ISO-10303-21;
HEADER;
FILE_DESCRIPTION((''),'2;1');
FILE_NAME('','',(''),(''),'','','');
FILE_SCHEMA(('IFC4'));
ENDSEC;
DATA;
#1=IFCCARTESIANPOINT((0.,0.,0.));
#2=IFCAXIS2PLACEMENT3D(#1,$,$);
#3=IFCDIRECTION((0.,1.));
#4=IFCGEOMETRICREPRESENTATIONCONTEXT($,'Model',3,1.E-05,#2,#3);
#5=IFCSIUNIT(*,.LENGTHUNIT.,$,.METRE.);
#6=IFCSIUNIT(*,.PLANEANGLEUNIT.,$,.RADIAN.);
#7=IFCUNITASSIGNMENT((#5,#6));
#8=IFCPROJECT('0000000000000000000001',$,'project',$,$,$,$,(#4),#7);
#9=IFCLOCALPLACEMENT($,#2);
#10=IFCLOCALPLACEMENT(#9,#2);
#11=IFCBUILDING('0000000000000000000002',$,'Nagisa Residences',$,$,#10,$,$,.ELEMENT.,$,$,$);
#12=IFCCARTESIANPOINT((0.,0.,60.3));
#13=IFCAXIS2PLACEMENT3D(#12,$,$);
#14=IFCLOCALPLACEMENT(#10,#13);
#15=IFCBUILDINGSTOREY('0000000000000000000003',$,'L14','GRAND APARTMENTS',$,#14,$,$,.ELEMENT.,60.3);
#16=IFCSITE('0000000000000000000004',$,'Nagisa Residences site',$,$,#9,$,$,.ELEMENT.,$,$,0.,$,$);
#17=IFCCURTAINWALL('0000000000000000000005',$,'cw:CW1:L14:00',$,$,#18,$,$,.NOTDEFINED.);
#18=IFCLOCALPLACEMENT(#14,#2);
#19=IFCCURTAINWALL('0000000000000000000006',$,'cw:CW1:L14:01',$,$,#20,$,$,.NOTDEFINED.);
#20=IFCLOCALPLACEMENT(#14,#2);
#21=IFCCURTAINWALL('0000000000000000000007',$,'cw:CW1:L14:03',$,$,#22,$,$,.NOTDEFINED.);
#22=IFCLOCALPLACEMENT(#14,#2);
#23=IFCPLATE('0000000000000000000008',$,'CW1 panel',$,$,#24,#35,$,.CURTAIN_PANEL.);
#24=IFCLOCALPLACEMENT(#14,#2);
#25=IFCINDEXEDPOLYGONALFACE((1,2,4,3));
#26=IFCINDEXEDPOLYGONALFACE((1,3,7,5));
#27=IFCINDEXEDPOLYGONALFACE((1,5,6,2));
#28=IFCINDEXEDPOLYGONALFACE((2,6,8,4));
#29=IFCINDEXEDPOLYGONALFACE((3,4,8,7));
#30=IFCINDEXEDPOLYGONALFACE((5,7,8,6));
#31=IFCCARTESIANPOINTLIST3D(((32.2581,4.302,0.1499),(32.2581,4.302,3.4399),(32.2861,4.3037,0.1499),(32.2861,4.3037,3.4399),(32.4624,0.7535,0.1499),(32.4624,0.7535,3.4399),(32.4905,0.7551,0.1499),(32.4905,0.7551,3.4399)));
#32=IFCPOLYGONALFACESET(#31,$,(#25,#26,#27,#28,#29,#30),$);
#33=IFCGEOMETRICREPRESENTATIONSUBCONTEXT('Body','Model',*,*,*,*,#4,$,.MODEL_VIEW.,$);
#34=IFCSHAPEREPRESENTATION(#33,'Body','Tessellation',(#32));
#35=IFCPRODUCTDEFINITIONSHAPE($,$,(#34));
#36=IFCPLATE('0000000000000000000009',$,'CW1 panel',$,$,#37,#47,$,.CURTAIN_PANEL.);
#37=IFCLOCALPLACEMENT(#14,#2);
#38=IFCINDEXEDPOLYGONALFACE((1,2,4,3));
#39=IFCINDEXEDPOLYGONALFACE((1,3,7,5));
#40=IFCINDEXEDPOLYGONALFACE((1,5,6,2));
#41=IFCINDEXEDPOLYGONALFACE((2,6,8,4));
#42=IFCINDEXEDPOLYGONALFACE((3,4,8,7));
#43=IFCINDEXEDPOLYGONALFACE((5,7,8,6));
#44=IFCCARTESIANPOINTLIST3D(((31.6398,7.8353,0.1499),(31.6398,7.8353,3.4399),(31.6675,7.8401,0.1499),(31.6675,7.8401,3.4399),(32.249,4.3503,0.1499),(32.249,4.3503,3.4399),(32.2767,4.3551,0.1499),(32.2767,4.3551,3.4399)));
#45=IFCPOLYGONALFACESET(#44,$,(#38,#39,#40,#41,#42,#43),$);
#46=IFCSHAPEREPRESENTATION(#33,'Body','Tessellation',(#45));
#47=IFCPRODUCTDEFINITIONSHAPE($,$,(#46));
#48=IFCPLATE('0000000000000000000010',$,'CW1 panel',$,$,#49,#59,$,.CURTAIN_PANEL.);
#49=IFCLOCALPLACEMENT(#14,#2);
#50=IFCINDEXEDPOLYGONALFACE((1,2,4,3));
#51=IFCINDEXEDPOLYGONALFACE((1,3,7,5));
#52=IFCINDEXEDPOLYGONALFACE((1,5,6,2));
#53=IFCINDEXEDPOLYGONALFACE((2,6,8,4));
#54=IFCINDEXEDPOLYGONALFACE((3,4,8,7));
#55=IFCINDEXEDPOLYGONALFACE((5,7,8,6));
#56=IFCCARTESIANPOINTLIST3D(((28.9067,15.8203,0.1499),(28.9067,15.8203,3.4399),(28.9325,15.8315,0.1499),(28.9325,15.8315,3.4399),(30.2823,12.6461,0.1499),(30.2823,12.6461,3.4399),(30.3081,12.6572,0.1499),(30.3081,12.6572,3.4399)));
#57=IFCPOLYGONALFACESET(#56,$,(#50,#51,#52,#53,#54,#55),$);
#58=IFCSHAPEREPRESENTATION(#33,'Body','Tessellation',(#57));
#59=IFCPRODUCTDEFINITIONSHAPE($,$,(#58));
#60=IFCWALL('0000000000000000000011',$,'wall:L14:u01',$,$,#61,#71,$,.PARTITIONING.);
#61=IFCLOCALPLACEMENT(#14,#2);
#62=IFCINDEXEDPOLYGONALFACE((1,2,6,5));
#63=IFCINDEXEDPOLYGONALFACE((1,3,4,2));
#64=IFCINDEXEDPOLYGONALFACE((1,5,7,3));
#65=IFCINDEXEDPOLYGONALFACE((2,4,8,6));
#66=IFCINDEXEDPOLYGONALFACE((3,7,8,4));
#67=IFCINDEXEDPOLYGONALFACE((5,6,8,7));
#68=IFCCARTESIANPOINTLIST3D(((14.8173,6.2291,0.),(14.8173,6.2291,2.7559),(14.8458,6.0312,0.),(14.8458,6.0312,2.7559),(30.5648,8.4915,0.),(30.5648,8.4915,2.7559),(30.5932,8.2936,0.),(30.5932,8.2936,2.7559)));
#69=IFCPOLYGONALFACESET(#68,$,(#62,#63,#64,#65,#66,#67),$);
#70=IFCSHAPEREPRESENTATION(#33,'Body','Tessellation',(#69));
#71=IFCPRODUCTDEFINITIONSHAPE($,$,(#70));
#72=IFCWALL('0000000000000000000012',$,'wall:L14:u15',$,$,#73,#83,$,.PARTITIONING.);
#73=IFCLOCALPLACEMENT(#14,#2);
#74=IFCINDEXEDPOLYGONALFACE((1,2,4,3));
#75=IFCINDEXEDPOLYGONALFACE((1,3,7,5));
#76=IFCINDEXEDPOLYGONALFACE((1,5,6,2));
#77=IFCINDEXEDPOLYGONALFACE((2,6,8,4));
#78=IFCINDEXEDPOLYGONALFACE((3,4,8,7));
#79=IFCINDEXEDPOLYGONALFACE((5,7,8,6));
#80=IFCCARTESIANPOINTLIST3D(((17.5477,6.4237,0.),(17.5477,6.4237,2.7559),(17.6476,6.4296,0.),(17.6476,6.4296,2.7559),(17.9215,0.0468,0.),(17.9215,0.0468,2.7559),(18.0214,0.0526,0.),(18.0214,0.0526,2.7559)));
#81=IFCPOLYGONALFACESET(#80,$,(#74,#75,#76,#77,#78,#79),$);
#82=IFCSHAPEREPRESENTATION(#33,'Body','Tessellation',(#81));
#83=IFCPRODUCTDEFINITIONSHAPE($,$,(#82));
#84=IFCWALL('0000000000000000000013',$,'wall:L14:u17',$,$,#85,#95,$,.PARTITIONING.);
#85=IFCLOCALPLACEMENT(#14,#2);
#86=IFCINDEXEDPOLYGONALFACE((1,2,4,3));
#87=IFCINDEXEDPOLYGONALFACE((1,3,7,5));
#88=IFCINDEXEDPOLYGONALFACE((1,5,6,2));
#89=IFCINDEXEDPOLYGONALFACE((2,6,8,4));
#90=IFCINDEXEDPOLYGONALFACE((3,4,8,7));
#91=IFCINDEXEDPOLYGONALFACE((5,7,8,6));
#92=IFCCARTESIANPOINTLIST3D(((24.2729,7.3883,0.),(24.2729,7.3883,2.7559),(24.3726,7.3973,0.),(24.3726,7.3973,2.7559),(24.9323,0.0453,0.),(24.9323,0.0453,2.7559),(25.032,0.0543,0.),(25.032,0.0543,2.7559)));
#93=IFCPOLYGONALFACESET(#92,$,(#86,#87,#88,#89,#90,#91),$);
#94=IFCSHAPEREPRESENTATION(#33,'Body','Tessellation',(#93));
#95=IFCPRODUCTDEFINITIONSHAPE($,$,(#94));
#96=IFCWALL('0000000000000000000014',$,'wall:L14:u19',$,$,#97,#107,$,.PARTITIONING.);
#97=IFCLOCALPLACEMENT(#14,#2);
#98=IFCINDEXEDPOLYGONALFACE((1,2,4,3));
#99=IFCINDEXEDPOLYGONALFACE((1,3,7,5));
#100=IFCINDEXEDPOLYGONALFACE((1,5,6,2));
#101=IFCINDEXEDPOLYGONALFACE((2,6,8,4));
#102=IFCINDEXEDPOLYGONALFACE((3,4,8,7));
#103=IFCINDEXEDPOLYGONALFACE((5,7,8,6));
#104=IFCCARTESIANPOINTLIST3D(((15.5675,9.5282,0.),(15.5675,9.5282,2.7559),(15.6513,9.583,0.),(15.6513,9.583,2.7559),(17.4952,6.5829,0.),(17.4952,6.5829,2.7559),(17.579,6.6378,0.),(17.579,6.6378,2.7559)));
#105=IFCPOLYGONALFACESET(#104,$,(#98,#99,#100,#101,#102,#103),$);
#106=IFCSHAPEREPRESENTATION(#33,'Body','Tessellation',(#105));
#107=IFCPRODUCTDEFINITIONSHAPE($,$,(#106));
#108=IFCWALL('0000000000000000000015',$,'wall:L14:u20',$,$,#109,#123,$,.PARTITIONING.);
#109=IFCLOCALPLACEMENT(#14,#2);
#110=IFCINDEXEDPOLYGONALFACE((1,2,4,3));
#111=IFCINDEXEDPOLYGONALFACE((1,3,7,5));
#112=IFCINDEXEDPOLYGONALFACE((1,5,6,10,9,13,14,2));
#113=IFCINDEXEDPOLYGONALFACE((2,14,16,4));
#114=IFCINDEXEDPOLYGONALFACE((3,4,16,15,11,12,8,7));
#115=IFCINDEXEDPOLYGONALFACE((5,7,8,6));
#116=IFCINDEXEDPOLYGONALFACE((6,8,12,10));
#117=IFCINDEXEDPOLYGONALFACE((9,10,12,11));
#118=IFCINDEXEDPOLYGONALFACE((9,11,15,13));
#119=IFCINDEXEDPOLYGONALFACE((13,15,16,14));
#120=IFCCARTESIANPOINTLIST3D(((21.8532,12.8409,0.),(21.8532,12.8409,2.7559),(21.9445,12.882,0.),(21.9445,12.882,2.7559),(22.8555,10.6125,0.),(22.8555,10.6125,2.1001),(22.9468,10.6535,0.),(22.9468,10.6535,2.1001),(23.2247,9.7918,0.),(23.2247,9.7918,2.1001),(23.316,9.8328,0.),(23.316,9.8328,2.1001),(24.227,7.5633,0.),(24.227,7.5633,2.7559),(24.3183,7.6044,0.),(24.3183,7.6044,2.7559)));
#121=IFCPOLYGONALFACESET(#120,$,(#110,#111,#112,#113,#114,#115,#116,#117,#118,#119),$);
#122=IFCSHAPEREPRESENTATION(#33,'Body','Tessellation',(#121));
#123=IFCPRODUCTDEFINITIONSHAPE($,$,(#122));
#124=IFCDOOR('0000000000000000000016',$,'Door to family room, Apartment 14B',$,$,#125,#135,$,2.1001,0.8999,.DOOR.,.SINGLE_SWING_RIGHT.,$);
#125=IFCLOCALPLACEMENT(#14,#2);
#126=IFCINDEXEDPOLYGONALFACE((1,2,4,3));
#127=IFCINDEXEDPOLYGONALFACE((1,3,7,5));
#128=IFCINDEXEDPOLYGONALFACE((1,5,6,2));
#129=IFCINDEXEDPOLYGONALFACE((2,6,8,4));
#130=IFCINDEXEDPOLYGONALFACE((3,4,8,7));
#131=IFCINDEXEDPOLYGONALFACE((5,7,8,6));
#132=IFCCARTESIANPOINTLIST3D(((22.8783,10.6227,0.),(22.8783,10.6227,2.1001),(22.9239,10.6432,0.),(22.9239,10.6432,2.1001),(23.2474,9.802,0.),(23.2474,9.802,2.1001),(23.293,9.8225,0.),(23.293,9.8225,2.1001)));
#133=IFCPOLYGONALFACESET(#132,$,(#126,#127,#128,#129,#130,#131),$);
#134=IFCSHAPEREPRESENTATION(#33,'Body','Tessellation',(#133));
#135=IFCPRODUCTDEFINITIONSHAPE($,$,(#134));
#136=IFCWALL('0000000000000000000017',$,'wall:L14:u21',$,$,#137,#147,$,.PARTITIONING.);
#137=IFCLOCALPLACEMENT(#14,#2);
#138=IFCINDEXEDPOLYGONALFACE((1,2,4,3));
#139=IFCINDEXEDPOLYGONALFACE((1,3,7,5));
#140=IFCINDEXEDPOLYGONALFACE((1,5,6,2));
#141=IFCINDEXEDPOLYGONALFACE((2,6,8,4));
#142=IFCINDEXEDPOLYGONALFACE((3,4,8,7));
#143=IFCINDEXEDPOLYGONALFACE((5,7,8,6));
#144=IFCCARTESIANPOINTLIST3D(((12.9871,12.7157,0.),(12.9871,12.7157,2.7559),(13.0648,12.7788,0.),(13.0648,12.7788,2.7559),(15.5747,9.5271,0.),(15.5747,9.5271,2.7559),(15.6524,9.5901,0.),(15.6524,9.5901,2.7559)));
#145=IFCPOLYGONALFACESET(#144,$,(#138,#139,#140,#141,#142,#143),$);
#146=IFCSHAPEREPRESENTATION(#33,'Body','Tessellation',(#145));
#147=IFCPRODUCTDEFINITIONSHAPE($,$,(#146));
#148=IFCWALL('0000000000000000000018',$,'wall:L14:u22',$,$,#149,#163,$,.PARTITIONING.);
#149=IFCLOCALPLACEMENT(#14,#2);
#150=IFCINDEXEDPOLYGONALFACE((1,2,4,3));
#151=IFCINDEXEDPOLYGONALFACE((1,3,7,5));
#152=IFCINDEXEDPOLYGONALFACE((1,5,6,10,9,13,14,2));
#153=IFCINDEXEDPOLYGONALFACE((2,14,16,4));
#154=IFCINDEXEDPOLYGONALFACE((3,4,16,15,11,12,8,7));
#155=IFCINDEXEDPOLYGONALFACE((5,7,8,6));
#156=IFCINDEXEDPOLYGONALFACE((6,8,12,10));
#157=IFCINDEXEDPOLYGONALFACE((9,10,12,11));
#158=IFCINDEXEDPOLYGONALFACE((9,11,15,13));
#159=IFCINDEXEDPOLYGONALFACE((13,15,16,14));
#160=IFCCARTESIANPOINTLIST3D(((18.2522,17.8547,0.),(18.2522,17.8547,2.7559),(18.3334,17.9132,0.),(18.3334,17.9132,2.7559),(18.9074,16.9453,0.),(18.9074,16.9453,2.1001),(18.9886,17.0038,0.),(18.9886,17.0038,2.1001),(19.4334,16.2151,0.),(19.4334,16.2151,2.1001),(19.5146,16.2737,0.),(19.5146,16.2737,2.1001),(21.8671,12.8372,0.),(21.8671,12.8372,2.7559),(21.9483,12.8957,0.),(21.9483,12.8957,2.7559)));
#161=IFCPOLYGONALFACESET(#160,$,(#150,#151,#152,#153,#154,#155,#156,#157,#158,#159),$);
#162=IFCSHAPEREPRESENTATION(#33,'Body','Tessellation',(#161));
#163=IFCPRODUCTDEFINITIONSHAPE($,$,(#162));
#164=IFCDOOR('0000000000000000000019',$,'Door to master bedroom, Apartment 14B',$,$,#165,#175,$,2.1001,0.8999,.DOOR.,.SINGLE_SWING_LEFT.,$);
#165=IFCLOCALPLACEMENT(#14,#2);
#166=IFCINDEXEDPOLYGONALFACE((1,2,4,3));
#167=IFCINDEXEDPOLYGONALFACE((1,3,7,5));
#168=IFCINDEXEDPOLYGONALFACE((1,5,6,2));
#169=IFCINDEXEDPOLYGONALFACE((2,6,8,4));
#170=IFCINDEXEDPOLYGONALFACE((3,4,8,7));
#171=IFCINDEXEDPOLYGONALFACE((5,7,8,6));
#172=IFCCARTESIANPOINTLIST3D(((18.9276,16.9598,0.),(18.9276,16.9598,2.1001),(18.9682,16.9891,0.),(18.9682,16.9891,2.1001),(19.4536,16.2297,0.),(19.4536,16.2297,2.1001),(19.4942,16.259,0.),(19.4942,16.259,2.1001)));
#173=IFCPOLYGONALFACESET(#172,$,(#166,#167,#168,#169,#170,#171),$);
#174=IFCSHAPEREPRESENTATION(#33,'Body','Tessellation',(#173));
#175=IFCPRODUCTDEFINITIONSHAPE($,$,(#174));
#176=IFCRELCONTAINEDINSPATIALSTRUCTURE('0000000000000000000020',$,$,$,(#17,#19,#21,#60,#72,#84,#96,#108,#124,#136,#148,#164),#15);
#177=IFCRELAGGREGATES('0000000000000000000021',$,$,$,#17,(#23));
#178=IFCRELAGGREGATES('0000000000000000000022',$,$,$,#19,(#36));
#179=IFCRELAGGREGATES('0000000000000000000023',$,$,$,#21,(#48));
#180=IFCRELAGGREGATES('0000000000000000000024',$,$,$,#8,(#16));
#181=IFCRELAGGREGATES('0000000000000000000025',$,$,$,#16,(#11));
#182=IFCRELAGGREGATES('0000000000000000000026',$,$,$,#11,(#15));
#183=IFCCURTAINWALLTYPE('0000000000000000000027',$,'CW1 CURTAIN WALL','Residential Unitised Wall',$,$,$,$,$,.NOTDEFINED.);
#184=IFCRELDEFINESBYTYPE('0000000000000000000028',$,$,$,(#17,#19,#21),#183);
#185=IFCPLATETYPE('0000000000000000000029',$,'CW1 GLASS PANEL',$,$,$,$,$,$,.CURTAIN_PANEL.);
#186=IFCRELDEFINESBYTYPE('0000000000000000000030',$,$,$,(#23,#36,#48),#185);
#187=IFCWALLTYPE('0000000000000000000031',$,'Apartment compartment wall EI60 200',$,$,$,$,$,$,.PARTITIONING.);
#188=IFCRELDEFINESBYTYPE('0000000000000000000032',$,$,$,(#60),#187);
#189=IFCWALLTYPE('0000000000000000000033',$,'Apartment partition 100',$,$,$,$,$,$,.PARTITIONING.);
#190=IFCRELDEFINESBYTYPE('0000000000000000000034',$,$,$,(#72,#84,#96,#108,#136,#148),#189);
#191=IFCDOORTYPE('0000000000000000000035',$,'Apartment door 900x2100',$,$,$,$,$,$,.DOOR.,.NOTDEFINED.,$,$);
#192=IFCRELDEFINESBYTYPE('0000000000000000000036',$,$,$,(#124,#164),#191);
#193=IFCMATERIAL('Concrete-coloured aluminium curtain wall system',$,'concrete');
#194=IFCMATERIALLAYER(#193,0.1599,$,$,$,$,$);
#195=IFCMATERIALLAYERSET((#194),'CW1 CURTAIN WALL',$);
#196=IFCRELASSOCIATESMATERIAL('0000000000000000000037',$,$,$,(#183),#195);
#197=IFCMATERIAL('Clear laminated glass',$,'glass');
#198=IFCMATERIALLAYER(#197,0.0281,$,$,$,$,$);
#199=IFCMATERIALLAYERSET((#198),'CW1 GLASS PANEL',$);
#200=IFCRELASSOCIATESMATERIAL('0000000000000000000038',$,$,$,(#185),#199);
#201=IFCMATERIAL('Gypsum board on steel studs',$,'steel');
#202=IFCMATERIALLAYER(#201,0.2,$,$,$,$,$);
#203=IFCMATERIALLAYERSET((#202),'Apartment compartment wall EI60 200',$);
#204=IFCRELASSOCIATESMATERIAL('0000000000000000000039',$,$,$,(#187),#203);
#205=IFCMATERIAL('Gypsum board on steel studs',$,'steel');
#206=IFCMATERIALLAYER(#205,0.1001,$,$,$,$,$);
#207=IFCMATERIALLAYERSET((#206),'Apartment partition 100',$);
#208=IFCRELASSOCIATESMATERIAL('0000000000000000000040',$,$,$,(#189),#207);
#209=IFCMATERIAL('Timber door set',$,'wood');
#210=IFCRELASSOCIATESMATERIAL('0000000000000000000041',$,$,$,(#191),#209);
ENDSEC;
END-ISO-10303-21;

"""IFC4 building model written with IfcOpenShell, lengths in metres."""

from ifc_helpers import new_model, si_unit, direction, frame, frame_2d, origin, origin_2d, place, context, subcontext, project, spatial, rectangle, extrude, material, layer, layer_set, type_object, element, fill, aggregate, save


model = new_model("IFC4")

# Units and contexts
model_context = context("Model", 3, precision=1e-05, world=origin(), true_north=direction((0.0, 1.0)))
body_context = subcontext(model_context, "Body", "Model", "MODEL_VIEW")
ifc_project = project(units=[si_unit("LENGTHUNIT", "METRE"), si_unit("PLANEANGLEUNIT", "RADIAN")], contexts=[model_context])

# Site, building, storey
site_placement = place(None, origin())
site = spatial("IfcSite", under=ifc_project, at=site_placement, Name="Nagisa Residences site", CompositionType="ELEMENT", RefElevation=0.0)
building_placement = place(site_placement, origin())
building = spatial("IfcBuilding", under=site, at=building_placement, Name="Nagisa Residences", CompositionType="ELEMENT")
storey_placement = place(building_placement, frame((0.0, 0.0, 60.3)))
storey = spatial("IfcBuildingStorey", under=building, at=storey_placement, Name="L14", Description="GRAND APARTMENTS", CompositionType="ELEMENT", Elevation=60.3)

# Curtain walls
ifc_material_1 = material(Name="Concrete-coloured aluminium curtain wall system", Category="concrete")
ifc_layer_1 = layer(ifc_material_1, 0.1599)
ifc_layer_set_1 = layer_set([ifc_layer_1], Name="CW1 CURTAIN WALL")
curtain_wall_type = type_object("IfcCurtainWallType", Name="CW1 CURTAIN WALL", Description="Residential Unitised Wall", PredefinedType="NOTDEFINED", material=ifc_layer_set_1)
curtain_wall_1_placement = place(storey_placement, origin())
curtain_wall_1 = element("IfcCurtainWall", 1, at=curtain_wall_1_placement, inside=storey, type_object=curtain_wall_type, Name="cw:CW1:L14:00", PredefinedType="NOTDEFINED")
curtain_wall_2_placement = place(storey_placement, origin())
curtain_wall_2 = element("IfcCurtainWall", 2, at=curtain_wall_2_placement, inside=storey, type_object=curtain_wall_type, Name="cw:CW1:L14:01", PredefinedType="NOTDEFINED")
curtain_wall_3_placement = place(storey_placement, origin())
curtain_wall_3 = element("IfcCurtainWall", 3, at=curtain_wall_3_placement, inside=storey, type_object=curtain_wall_type, Name="cw:CW1:L14:03", PredefinedType="NOTDEFINED")

# Plates
ifc_material_2 = material(Name="Clear laminated glass", Category="glass")
ifc_layer_2 = layer(ifc_material_2, 0.0281)
ifc_layer_set_2 = layer_set([ifc_layer_2], Name="CW1 GLASS PANEL")
plate_type = type_object("IfcPlateType", Name="CW1 GLASS PANEL", PredefinedType="CURTAIN_PANEL", material=ifc_layer_set_2)
plate_1_placement = place(storey_placement, frame((32.3743, 2.5286, 0.1499), z_axis=(0.0, 0.0, 1.0), x_axis=(-0.057503, 0.998345, 0.0)))
plate_1 = element("IfcPlate", 4, at=plate_1_placement, type_object=plate_type, Name="CW1 panel", PredefinedType="CURTAIN_PANEL", context=body_context, shape_type="SweptSolid", body=[
    extrude(rectangle(XDim=3.5544, YDim=0.0281, at=origin_2d()), origin(), (0.0, 0.0, 1.0), 3.29),
])
aggregate(curtain_wall_1, [plate_1])
plate_2_placement = place(storey_placement, frame((31.9583, 6.0952, 0.1499), z_axis=(0.0, 0.0, 1.0), x_axis=(-0.172191, 0.985064, 0.0)))
plate_2 = element("IfcPlate", 5, at=plate_2_placement, type_object=plate_type, Name="CW1 panel", PredefinedType="CURTAIN_PANEL", context=body_context, shape_type="SweptSolid", body=[
    extrude(rectangle(XDim=3.5378, YDim=0.0281, at=origin_2d()), origin(), (0.0, 0.0, 1.0), 3.29),
])
aggregate(curtain_wall_2, [plate_2])
plate_3_placement = place(storey_placement, frame((29.6074, 14.2388, 0.1499), z_axis=(0.0, 0.0, 1.0), x_axis=(-0.397636, 0.917543, 0.0)))
plate_3 = element("IfcPlate", 6, at=plate_3_placement, type_object=plate_type, Name="CW1 panel", PredefinedType="CURTAIN_PANEL", context=body_context, shape_type="SweptSolid", body=[
    extrude(rectangle(XDim=3.4595, YDim=0.0281, at=origin_2d()), origin(), (0.0, 0.0, 1.0), 3.29),
])
aggregate(curtain_wall_3, [plate_3])

# Walls
ifc_material_3 = material(Name="Gypsum board on steel studs", Category="steel")
ifc_layer_3 = layer(ifc_material_3, 0.2)
ifc_layer_set_3 = layer_set([ifc_layer_3], Name="Apartment compartment wall EI60 200")
wall_type_1 = type_object("IfcWallType", Name="Apartment compartment wall EI60 200", PredefinedType="PARTITIONING", material=ifc_layer_set_3)
wall_1_placement = place(storey_placement, frame((14.8315, 6.1301, 0.0), z_axis=(0.0, 0.0, 1.0), x_axis=(0.989837, 0.14221, 0.0)))
element("IfcWall", 7, at=wall_1_placement, inside=storey, type_object=wall_type_1, Name="wall:L14:u01", PredefinedType="PARTITIONING", context=body_context, shape_type="SweptSolid", body=[
    extrude(rectangle(XDim=15.9092, YDim=0.2, at=frame_2d((7.9546, 0.0))), origin(), (0.0, 0.0, 1.0), 2.7559),
])
ifc_material_4 = material(Name="Gypsum board on steel studs", Category="steel")
ifc_layer_4 = layer(ifc_material_4, 0.1001)
ifc_layer_set_4 = layer_set([ifc_layer_4], Name="Apartment partition 100")
wall_type_2 = type_object("IfcWallType", Name="Apartment partition 100", PredefinedType="PARTITIONING", material=ifc_layer_set_4)
wall_2_placement = place(storey_placement, frame((17.9714, 0.0498, 0.0), z_axis=(0.0, 0.0, 1.0), x_axis=(-0.058514, 0.998287, 0.0)))
element("IfcWall", 8, at=wall_2_placement, inside=storey, type_object=wall_type_2, Name="wall:L14:u15", PredefinedType="PARTITIONING", context=body_context, shape_type="SweptSolid", body=[
    extrude(rectangle(XDim=6.3879, YDim=0.1001, at=frame_2d((3.1938, 0.0))), origin(), (0.0, 0.0, 1.0), 2.7559),
])
wall_3_placement = place(storey_placement, frame((24.9822, 0.0498, 0.0), z_axis=(0.0, 0.0, 1.0), x_axis=(-0.089443, 0.995992, 0.0)))
element("IfcWall", 9, at=wall_3_placement, inside=storey, type_object=wall_type_2, Name="wall:L14:u17", PredefinedType="PARTITIONING", context=body_context, shape_type="SweptSolid", body=[
    extrude(rectangle(XDim=7.3726, YDim=0.1001, at=frame_2d((3.6863, 0.0))), origin(), (0.0, 0.0, 1.0), 2.7559),
])
wall_4_placement = place(storey_placement, frame((17.5371, 6.6104, 0.0), z_axis=(0.0, 0.0, 1.0), x_axis=(-0.547638, 0.836715, 0.0)))
element("IfcWall", 10, at=wall_4_placement, inside=storey, type_object=wall_type_2, Name="wall:L14:u19", PredefinedType="PARTITIONING", context=body_context, shape_type="SweptSolid", body=[
    extrude(rectangle(XDim=3.52, YDim=0.1001, at=frame_2d((1.76, 0.0))), origin(), (0.0, 0.0, 1.0), 2.7559),
])

# Wall, opening, door
wall_5_placement = place(storey_placement, frame((24.2727, 7.5837, 0.0), z_axis=(0.0, 0.0, 1.0), x_axis=(-0.410202, 0.911995, 0.0)))
wall_5 = element("IfcWall", 11, at=wall_5_placement, inside=storey, type_object=wall_type_2, Name="wall:L14:u20", PredefinedType="PARTITIONING", context=body_context, shape_type="SweptSolid", body=[
    extrude(rectangle(XDim=5.7869, YDim=0.1001, at=frame_2d((2.8936, 0.0))), origin(), (0.0, 0.0, 1.0), 2.7559),
])
opening_1_placement = place(wall_5_placement, frame((2.4436, 0.0, 0.0)))
opening_1 = element("IfcOpeningElement", 12, at=opening_1_placement, cuts=wall_5, PredefinedType="OPENING", context=body_context, shape_type="SweptSolid", body=[
    extrude(rectangle(XDim=0.8999, YDim=2.1001, at=frame_2d((0.45, 1.05))), frame((0.0, 0.0601, 0.0), z_axis=(0.0, -1.0, 0.0), x_axis=(1.0, 0.0, 0.0)), (0.0, 0.0, 1.0), 0.1201),
])
ifc_material_5 = material(Name="Timber door set", Category="wood")
door_type_1 = type_object("IfcDoorType", Name="Apartment door 900x2100", OperationType="NOTDEFINED", PredefinedType="DOOR", material=ifc_material_5)
door_1_placement = place(opening_1_placement, frame((0.8999, 0.0, 0.0), x_axis=(-1.0, 0.0, 0.0)))
door_1 = element("IfcDoor", 13, at=door_1_placement, inside=storey, type_object=door_type_1, Name="Door to family room, Apartment 14B", OperationType="SINGLE_SWING_RIGHT", OverallHeight=2.1001, OverallWidth=0.8999, PredefinedType="DOOR", context=body_context, shape_type="SweptSolid", body=[
    extrude(rectangle(XDim=0.8999, YDim=2.1001, at=frame_2d((0.45, 1.05))), frame((0.0, 0.0249, 0.0), z_axis=(0.0, -1.0, 0.0), x_axis=(1.0, 0.0, 0.0)), (0.0, 0.0, 1.0), 0.05),
])
fill(opening_1, door_1)

# Wall
wall_6_placement = place(storey_placement, frame((15.6135, 9.5586, 0.0), z_axis=(0.0, 0.0, 1.0), x_axis=(-0.630125, 0.776494, 0.0)))
element("IfcWall", 14, at=wall_6_placement, inside=storey, type_object=wall_type_2, Name="wall:L14:u21", PredefinedType="PARTITIONING", context=body_context, shape_type="SweptSolid", body=[
    extrude(rectangle(XDim=4.1064, YDim=0.1001, at=frame_2d((2.0532, 0.0))), origin(), (0.0, 0.0, 1.0), 2.7559),
])

# Wall, opening, door
wall_7_placement = place(storey_placement, frame((21.9077, 12.8665, 0.0), z_axis=(0.0, 0.0, 1.0), x_axis=(-0.584553, 0.811355, 0.0)))
wall_7 = element("IfcWall", 15, at=wall_7_placement, inside=storey, type_object=wall_type_2, Name="wall:L14:u22", PredefinedType="PARTITIONING", context=body_context, shape_type="SweptSolid", body=[
    extrude(rectangle(XDim=6.1841, YDim=0.1001, at=frame_2d((3.092, 0.0))), origin(), (0.0, 0.0, 1.0), 2.7559),
])
opening_2_placement = place(wall_7_placement, frame((4.1633, 0.0, 0.0)))
opening_2 = element("IfcOpeningElement", 16, at=opening_2_placement, cuts=wall_7, PredefinedType="OPENING", context=body_context, shape_type="SweptSolid", body=[
    extrude(rectangle(XDim=0.8999, YDim=2.1001, at=frame_2d((0.45, 1.05))), frame((0.0, 0.0601, 0.0), z_axis=(0.0, -1.0, 0.0), x_axis=(1.0, 0.0, 0.0)), (0.0, 0.0, 1.0), 0.1201),
])
door_2_placement = place(opening_2_placement, frame((0.8999, 0.0, 0.0), x_axis=(-1.0, 0.0, 0.0)))
door_2 = element("IfcDoor", 17, at=door_2_placement, inside=storey, type_object=door_type_1, Name="Door to master bedroom, Apartment 14B", OperationType="SINGLE_SWING_LEFT", OverallHeight=2.1001, OverallWidth=0.8999, PredefinedType="DOOR", context=body_context, shape_type="SweptSolid", body=[
    extrude(rectangle(XDim=0.8999, YDim=2.1001, at=frame_2d((0.45, 1.05))), frame((0.0, 0.0249, 0.0), z_axis=(0.0, -1.0, 0.0), x_axis=(1.0, 0.0, 0.0)), (0.0, 0.0, 1.0), 0.05),
])
fill(opening_2, door_2)

save(model, "model.ifc")
